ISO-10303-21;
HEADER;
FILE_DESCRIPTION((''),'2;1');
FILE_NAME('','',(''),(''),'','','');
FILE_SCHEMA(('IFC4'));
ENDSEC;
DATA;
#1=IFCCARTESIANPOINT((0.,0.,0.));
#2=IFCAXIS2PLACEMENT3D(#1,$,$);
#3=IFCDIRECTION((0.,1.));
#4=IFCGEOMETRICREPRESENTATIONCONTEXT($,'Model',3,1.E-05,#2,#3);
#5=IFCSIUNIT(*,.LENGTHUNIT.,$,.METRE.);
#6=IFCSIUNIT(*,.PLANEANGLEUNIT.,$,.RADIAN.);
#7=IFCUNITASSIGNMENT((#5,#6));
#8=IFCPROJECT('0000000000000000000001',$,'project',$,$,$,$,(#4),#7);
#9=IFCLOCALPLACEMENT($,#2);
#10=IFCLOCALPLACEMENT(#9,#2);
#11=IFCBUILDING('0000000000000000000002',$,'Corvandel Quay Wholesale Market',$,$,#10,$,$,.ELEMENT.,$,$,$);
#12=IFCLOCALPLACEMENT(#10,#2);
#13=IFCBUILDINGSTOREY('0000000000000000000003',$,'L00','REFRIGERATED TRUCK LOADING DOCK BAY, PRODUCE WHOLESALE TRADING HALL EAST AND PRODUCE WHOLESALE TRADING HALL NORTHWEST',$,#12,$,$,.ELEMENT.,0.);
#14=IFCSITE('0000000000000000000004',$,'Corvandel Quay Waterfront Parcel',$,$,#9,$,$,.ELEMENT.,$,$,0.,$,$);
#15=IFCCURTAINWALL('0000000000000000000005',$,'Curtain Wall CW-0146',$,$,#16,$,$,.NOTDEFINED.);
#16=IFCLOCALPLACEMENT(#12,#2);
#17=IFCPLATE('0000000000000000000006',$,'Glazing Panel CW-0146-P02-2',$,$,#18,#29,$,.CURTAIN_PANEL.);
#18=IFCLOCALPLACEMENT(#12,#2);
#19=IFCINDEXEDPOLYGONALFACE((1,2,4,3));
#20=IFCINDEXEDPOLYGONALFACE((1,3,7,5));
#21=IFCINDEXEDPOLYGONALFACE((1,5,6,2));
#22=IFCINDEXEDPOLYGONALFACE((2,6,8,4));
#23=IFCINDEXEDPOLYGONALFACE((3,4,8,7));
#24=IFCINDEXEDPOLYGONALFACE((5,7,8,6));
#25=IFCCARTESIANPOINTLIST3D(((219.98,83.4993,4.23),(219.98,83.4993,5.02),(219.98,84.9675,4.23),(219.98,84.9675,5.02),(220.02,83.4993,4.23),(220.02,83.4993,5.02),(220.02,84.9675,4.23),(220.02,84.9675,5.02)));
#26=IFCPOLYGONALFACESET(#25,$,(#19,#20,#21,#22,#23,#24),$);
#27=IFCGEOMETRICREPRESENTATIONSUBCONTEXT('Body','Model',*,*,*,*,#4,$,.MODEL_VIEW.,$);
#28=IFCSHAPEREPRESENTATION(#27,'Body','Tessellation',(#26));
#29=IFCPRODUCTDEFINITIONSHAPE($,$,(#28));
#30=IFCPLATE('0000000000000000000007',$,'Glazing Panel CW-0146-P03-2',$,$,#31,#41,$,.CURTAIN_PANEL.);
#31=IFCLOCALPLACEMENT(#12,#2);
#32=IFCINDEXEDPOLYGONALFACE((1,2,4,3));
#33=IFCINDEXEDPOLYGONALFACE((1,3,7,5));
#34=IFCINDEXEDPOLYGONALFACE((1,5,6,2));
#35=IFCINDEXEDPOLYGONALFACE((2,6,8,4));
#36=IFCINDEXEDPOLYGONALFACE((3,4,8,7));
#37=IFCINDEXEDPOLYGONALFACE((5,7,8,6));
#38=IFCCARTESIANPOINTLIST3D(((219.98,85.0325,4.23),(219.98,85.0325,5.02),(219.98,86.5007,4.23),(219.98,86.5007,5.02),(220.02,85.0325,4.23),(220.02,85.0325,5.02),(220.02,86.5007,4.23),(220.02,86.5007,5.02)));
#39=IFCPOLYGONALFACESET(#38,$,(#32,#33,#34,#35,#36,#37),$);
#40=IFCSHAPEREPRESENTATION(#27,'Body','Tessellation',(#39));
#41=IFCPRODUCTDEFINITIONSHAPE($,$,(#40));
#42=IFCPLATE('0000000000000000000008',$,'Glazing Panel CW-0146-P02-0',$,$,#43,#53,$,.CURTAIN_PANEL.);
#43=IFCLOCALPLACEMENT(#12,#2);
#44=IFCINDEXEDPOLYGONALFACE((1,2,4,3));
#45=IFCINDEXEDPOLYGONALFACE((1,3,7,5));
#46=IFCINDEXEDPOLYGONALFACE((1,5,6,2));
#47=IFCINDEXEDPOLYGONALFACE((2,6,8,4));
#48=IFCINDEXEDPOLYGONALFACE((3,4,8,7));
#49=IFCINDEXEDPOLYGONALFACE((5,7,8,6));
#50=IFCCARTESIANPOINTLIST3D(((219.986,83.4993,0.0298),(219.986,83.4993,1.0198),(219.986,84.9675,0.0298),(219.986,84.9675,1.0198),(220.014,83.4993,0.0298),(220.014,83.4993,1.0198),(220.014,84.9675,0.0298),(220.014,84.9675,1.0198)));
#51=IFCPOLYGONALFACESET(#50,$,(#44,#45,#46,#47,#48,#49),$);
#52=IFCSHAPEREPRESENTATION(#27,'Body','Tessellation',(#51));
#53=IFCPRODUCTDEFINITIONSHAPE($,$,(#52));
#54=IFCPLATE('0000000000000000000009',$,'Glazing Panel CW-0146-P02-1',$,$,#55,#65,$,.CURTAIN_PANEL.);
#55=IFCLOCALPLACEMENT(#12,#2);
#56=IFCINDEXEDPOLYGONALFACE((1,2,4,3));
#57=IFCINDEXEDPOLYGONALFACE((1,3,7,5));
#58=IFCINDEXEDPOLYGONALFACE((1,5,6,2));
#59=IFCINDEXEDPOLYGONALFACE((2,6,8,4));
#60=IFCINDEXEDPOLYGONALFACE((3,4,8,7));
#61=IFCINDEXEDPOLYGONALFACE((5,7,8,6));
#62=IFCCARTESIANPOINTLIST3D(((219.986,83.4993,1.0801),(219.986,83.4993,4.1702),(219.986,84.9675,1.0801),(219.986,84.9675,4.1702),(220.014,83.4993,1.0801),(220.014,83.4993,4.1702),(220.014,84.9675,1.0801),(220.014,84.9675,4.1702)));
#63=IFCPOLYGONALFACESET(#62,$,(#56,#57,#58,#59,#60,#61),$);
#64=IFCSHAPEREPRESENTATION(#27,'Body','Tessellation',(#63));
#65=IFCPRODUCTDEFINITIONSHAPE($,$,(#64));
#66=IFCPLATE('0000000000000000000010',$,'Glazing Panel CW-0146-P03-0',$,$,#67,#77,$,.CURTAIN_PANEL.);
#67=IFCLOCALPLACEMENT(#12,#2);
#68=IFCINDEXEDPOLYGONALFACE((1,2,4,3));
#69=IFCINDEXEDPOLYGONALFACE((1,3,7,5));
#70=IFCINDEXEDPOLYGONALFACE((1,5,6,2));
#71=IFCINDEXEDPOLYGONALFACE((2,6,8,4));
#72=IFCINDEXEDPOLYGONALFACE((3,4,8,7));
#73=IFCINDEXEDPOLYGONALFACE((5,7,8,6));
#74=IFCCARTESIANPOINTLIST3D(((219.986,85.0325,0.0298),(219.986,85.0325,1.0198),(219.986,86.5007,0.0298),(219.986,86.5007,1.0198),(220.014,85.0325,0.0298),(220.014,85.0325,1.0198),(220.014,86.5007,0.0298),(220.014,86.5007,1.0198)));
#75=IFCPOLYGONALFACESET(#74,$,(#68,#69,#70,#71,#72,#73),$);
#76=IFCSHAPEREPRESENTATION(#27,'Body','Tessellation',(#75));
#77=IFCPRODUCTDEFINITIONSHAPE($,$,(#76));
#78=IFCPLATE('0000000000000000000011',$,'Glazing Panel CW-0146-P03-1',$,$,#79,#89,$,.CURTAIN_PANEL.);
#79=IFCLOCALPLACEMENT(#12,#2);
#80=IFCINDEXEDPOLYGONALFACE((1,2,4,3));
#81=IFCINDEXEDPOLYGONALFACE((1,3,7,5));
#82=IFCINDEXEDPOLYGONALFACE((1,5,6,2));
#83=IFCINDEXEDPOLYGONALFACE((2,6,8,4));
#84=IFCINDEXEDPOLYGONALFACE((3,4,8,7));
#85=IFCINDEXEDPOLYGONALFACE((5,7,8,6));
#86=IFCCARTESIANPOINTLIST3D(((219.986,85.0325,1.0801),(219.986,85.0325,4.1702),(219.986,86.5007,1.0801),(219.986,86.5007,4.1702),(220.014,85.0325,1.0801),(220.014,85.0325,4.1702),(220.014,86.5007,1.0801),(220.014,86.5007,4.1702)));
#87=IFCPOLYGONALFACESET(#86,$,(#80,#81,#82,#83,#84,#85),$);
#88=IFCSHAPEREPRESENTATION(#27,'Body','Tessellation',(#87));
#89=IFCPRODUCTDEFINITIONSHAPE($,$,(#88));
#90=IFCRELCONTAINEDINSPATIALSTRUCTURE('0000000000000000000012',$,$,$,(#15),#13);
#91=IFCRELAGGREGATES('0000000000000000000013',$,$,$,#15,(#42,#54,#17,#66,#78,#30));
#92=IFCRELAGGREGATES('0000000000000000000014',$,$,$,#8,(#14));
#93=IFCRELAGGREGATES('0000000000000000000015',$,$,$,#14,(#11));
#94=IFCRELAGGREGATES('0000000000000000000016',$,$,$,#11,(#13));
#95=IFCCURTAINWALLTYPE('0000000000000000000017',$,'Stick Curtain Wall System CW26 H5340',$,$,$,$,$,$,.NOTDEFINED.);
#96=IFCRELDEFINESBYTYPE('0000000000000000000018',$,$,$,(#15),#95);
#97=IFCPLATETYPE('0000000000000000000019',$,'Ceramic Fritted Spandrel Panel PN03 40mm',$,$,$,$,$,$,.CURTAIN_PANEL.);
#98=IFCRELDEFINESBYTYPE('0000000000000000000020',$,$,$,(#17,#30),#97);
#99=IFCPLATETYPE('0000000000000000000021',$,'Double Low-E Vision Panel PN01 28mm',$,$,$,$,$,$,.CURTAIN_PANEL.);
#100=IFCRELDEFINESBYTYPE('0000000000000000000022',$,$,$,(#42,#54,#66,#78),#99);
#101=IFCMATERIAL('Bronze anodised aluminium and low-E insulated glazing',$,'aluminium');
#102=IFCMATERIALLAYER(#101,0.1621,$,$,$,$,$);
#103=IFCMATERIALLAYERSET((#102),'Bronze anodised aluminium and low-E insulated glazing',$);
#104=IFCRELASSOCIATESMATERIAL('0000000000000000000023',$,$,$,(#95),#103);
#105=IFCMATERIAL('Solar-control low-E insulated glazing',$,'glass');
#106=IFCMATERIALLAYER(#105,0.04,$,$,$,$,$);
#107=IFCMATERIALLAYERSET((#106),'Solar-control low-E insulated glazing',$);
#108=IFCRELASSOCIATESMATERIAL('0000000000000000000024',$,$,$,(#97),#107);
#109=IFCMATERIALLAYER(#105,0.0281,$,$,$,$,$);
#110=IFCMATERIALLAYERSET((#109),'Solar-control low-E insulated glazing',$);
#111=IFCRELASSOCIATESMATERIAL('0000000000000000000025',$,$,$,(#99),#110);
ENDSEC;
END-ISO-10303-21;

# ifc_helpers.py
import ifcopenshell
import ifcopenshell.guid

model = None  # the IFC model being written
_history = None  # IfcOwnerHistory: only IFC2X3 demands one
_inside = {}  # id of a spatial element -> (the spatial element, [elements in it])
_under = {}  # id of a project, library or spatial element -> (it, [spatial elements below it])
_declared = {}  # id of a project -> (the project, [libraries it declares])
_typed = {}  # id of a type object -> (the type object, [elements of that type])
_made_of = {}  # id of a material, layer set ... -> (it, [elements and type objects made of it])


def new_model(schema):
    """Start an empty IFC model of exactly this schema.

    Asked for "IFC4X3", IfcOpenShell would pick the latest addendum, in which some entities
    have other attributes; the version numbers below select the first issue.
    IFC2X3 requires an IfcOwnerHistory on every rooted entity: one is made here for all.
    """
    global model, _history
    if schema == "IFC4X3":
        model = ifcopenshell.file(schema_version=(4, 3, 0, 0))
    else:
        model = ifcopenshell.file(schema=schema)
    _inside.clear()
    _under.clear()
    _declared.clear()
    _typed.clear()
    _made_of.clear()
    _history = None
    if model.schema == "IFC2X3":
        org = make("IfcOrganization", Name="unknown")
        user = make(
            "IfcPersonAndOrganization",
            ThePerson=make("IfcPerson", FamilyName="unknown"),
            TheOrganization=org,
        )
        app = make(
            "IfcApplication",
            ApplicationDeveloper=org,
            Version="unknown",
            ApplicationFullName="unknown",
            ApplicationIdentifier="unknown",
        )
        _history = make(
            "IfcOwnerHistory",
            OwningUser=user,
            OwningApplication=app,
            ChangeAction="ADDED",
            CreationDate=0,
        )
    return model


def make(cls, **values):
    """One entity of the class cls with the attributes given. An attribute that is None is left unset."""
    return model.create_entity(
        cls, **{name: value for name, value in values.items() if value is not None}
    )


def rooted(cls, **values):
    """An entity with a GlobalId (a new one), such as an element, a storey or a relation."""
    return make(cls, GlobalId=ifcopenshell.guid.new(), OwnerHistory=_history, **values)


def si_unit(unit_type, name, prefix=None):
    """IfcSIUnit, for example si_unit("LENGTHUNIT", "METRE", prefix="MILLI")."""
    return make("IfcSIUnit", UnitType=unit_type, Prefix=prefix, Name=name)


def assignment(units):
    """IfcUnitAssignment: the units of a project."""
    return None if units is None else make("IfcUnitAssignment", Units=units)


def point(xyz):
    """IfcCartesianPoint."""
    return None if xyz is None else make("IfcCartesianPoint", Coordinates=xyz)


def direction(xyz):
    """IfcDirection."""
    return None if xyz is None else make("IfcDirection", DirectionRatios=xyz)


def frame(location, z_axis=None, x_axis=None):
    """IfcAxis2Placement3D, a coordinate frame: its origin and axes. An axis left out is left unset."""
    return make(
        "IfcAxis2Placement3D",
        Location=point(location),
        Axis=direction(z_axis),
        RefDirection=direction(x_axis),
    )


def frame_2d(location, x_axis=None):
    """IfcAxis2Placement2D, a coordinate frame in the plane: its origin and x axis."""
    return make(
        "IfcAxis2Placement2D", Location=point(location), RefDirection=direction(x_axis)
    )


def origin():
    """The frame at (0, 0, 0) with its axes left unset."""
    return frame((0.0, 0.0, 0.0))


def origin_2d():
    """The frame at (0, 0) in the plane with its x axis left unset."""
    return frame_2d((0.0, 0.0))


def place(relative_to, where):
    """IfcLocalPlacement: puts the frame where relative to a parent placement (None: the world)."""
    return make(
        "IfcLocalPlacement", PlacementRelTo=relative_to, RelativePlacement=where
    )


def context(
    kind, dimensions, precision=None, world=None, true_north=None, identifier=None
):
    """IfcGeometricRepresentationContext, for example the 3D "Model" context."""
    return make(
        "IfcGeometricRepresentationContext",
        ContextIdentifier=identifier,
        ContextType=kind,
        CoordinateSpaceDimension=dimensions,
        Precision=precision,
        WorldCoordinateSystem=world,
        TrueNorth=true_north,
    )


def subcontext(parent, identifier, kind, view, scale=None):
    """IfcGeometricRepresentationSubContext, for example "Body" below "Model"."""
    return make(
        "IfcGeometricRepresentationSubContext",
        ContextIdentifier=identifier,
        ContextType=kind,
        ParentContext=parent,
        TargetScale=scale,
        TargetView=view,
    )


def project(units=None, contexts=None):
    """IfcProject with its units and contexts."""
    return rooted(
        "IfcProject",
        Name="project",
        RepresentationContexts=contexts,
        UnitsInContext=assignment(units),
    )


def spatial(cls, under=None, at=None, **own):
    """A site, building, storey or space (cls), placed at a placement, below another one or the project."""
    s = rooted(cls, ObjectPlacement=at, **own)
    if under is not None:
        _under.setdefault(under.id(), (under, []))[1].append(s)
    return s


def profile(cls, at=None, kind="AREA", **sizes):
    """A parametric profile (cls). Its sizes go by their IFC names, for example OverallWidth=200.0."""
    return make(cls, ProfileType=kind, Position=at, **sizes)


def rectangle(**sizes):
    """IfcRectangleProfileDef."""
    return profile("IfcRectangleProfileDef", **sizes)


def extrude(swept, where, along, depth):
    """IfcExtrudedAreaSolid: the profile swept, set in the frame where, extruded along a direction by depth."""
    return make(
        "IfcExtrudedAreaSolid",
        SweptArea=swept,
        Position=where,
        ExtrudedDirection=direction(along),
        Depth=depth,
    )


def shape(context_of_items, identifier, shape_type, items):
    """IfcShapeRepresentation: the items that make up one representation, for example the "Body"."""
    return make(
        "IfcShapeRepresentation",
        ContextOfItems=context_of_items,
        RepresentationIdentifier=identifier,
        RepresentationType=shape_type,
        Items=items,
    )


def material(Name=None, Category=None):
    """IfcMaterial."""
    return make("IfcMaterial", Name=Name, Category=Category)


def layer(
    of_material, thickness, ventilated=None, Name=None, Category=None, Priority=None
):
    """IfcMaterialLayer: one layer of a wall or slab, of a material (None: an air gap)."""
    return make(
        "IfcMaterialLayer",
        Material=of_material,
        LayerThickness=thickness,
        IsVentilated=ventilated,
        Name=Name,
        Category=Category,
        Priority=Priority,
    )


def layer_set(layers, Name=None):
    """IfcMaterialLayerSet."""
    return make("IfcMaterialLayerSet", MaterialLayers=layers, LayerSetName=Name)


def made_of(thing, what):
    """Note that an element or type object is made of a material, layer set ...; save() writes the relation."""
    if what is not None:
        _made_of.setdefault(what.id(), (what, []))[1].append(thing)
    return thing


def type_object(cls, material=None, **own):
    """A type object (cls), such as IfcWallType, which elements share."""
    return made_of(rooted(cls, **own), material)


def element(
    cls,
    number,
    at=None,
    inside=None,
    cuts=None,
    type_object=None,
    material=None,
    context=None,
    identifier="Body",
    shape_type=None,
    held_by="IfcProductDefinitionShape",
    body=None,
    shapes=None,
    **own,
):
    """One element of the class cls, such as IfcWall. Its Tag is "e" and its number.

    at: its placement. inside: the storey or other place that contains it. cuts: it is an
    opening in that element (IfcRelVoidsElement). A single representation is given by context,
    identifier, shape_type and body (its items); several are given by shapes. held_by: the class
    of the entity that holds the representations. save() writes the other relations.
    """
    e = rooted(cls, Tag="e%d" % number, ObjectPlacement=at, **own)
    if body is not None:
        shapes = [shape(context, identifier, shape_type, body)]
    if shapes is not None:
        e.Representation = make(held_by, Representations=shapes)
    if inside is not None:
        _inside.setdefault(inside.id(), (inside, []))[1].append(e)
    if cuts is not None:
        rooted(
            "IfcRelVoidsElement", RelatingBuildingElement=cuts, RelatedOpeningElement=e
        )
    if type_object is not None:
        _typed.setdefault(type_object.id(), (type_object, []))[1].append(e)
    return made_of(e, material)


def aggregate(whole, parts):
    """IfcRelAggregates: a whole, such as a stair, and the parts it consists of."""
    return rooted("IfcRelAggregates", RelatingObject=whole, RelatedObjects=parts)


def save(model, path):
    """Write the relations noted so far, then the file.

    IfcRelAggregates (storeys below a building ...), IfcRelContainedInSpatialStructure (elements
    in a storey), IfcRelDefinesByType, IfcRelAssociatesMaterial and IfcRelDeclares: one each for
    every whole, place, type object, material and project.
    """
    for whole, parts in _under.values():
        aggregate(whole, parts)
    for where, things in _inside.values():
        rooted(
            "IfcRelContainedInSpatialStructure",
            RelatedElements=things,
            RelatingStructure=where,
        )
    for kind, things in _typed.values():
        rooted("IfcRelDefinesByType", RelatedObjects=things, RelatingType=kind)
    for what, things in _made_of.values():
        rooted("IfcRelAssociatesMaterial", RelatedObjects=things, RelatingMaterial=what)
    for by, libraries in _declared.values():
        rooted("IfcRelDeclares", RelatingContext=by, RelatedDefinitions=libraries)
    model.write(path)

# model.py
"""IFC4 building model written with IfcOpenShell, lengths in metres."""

from ifc_helpers import new_model, si_unit, direction, frame, origin, origin_2d, place, context, subcontext, project, spatial, rectangle, extrude, material, layer, layer_set, type_object, element, aggregate, save


model = new_model("IFC4")

# Units and contexts
model_context = context("Model", 3, precision=1e-05, world=origin(), true_north=direction((0.0, 1.0)))
body_context = subcontext(model_context, "Body", "Model", "MODEL_VIEW")
ifc_project = project(units=[si_unit("LENGTHUNIT", "METRE"), si_unit("PLANEANGLEUNIT", "RADIAN")], contexts=[model_context])

# Site, building, storey
site_placement = place(None, origin())
site = spatial("IfcSite", under=ifc_project, at=site_placement, Name="Corvandel Quay Waterfront Parcel", CompositionType="ELEMENT", RefElevation=0.0)
building_placement = place(site_placement, origin())
building = spatial("IfcBuilding", under=site, at=building_placement, Name="Corvandel Quay Wholesale Market", CompositionType="ELEMENT")
storey_placement = place(building_placement, origin())
storey = spatial("IfcBuildingStorey", under=building, at=storey_placement, Name="L00", Description="REFRIGERATED TRUCK LOADING DOCK BAY, PRODUCE WHOLESALE TRADING HALL EAST AND PRODUCE WHOLESALE TRADING HALL NORTHWEST", CompositionType="ELEMENT", Elevation=0.0)

# Curtain wall, plates
ifc_material_1 = material(Name="Bronze anodised aluminium and low-E insulated glazing", Category="aluminium")
ifc_layer_1 = layer(ifc_material_1, 0.1621)
ifc_layer_set_1 = layer_set([ifc_layer_1], Name="Bronze anodised aluminium and low-E insulated glazing")
curtain_wall_type = type_object("IfcCurtainWallType", Name="Stick Curtain Wall System CW26 H5340", PredefinedType="NOTDEFINED", material=ifc_layer_set_1)
curtain_wall_placement = place(storey_placement, origin())
curtain_wall = element("IfcCurtainWall", 1, at=curtain_wall_placement, inside=storey, type_object=curtain_wall_type, Name="Curtain Wall CW-0146", PredefinedType="NOTDEFINED")
ifc_material_2 = material(Name="Solar-control low-E insulated glazing", Category="glass")
ifc_layer_2 = layer(ifc_material_2, 0.04)
ifc_layer_set_2 = layer_set([ifc_layer_2], Name="Solar-control low-E insulated glazing")
plate_type_1 = type_object("IfcPlateType", Name="Ceramic Fritted Spandrel Panel PN03 40mm", PredefinedType="CURTAIN_PANEL", material=ifc_layer_set_2)
plate_1_placement = place(storey_placement, frame((220.0, 84.2334, 4.23), z_axis=(0.0, 0.0, 1.0), x_axis=(0.0, 1.0, 0.0)))
plate_1 = element("IfcPlate", 2, at=plate_1_placement, type_object=plate_type_1, Name="Glazing Panel CW-0146-P02-2", PredefinedType="CURTAIN_PANEL", context=body_context, shape_type="SweptSolid", body=[
    extrude(rectangle(XDim=1.4683, YDim=0.04, at=origin_2d()), origin(), (0.0, 0.0, 1.0), 0.79),
])
plate_2_placement = place(storey_placement, frame((220.0, 85.7666, 4.23), z_axis=(0.0, 0.0, 1.0), x_axis=(0.0, 1.0, 0.0)))
plate_2 = element("IfcPlate", 3, at=plate_2_placement, type_object=plate_type_1, Name="Glazing Panel CW-0146-P03-2", PredefinedType="CURTAIN_PANEL", context=body_context, shape_type="SweptSolid", body=[
    extrude(rectangle(XDim=1.4683, YDim=0.04, at=origin_2d()), origin(), (0.0, 0.0, 1.0), 0.79),
])
ifc_layer_3 = layer(ifc_material_2, 0.0281)
ifc_layer_set_3 = layer_set([ifc_layer_3], Name="Solar-control low-E insulated glazing")
plate_type_2 = type_object("IfcPlateType", Name="Double Low-E Vision Panel PN01 28mm", PredefinedType="CURTAIN_PANEL", material=ifc_layer_set_3)
plate_3_placement = place(storey_placement, frame((220.0, 84.2334, 0.0298), z_axis=(0.0, 0.0, 1.0), x_axis=(0.0, 1.0, 0.0)))
plate_3 = element("IfcPlate", 4, at=plate_3_placement, type_object=plate_type_2, Name="Glazing Panel CW-0146-P02-0", PredefinedType="CURTAIN_PANEL", context=body_context, shape_type="SweptSolid", body=[
    extrude(rectangle(XDim=1.4683, YDim=0.0281, at=origin_2d()), origin(), (0.0, 0.0, 1.0), 0.99),
])
plate_4_placement = place(storey_placement, frame((220.0, 84.2334, 1.0801), z_axis=(0.0, 0.0, 1.0), x_axis=(0.0, 1.0, 0.0)))
plate_4 = element("IfcPlate", 5, at=plate_4_placement, type_object=plate_type_2, Name="Glazing Panel CW-0146-P02-1", PredefinedType="CURTAIN_PANEL", context=body_context, shape_type="SweptSolid", body=[
    extrude(rectangle(XDim=1.4683, YDim=0.0281, at=origin_2d()), origin(), (0.0, 0.0, 1.0), 3.0901),
])
plate_5_placement = place(storey_placement, frame((220.0, 85.7666, 0.0298), z_axis=(0.0, 0.0, 1.0), x_axis=(0.0, 1.0, 0.0)))
plate_5 = element("IfcPlate", 6, at=plate_5_placement, type_object=plate_type_2, Name="Glazing Panel CW-0146-P03-0", PredefinedType="CURTAIN_PANEL", context=body_context, shape_type="SweptSolid", body=[
    extrude(rectangle(XDim=1.4683, YDim=0.0281, at=origin_2d()), origin(), (0.0, 0.0, 1.0), 0.99),
])
plate_6_placement = place(storey_placement, frame((220.0, 85.7666, 1.0801), z_axis=(0.0, 0.0, 1.0), x_axis=(0.0, 1.0, 0.0)))
plate_6 = element("IfcPlate", 7, at=plate_6_placement, type_object=plate_type_2, Name="Glazing Panel CW-0146-P03-1", PredefinedType="CURTAIN_PANEL", context=body_context, shape_type="SweptSolid", body=[
    extrude(rectangle(XDim=1.4683, YDim=0.0281, at=origin_2d()), origin(), (0.0, 0.0, 1.0), 3.0901),
])
aggregate(curtain_wall, [plate_3, plate_4, plate_1, plate_5, plate_6, plate_2])

save(model, "model.ifc")
